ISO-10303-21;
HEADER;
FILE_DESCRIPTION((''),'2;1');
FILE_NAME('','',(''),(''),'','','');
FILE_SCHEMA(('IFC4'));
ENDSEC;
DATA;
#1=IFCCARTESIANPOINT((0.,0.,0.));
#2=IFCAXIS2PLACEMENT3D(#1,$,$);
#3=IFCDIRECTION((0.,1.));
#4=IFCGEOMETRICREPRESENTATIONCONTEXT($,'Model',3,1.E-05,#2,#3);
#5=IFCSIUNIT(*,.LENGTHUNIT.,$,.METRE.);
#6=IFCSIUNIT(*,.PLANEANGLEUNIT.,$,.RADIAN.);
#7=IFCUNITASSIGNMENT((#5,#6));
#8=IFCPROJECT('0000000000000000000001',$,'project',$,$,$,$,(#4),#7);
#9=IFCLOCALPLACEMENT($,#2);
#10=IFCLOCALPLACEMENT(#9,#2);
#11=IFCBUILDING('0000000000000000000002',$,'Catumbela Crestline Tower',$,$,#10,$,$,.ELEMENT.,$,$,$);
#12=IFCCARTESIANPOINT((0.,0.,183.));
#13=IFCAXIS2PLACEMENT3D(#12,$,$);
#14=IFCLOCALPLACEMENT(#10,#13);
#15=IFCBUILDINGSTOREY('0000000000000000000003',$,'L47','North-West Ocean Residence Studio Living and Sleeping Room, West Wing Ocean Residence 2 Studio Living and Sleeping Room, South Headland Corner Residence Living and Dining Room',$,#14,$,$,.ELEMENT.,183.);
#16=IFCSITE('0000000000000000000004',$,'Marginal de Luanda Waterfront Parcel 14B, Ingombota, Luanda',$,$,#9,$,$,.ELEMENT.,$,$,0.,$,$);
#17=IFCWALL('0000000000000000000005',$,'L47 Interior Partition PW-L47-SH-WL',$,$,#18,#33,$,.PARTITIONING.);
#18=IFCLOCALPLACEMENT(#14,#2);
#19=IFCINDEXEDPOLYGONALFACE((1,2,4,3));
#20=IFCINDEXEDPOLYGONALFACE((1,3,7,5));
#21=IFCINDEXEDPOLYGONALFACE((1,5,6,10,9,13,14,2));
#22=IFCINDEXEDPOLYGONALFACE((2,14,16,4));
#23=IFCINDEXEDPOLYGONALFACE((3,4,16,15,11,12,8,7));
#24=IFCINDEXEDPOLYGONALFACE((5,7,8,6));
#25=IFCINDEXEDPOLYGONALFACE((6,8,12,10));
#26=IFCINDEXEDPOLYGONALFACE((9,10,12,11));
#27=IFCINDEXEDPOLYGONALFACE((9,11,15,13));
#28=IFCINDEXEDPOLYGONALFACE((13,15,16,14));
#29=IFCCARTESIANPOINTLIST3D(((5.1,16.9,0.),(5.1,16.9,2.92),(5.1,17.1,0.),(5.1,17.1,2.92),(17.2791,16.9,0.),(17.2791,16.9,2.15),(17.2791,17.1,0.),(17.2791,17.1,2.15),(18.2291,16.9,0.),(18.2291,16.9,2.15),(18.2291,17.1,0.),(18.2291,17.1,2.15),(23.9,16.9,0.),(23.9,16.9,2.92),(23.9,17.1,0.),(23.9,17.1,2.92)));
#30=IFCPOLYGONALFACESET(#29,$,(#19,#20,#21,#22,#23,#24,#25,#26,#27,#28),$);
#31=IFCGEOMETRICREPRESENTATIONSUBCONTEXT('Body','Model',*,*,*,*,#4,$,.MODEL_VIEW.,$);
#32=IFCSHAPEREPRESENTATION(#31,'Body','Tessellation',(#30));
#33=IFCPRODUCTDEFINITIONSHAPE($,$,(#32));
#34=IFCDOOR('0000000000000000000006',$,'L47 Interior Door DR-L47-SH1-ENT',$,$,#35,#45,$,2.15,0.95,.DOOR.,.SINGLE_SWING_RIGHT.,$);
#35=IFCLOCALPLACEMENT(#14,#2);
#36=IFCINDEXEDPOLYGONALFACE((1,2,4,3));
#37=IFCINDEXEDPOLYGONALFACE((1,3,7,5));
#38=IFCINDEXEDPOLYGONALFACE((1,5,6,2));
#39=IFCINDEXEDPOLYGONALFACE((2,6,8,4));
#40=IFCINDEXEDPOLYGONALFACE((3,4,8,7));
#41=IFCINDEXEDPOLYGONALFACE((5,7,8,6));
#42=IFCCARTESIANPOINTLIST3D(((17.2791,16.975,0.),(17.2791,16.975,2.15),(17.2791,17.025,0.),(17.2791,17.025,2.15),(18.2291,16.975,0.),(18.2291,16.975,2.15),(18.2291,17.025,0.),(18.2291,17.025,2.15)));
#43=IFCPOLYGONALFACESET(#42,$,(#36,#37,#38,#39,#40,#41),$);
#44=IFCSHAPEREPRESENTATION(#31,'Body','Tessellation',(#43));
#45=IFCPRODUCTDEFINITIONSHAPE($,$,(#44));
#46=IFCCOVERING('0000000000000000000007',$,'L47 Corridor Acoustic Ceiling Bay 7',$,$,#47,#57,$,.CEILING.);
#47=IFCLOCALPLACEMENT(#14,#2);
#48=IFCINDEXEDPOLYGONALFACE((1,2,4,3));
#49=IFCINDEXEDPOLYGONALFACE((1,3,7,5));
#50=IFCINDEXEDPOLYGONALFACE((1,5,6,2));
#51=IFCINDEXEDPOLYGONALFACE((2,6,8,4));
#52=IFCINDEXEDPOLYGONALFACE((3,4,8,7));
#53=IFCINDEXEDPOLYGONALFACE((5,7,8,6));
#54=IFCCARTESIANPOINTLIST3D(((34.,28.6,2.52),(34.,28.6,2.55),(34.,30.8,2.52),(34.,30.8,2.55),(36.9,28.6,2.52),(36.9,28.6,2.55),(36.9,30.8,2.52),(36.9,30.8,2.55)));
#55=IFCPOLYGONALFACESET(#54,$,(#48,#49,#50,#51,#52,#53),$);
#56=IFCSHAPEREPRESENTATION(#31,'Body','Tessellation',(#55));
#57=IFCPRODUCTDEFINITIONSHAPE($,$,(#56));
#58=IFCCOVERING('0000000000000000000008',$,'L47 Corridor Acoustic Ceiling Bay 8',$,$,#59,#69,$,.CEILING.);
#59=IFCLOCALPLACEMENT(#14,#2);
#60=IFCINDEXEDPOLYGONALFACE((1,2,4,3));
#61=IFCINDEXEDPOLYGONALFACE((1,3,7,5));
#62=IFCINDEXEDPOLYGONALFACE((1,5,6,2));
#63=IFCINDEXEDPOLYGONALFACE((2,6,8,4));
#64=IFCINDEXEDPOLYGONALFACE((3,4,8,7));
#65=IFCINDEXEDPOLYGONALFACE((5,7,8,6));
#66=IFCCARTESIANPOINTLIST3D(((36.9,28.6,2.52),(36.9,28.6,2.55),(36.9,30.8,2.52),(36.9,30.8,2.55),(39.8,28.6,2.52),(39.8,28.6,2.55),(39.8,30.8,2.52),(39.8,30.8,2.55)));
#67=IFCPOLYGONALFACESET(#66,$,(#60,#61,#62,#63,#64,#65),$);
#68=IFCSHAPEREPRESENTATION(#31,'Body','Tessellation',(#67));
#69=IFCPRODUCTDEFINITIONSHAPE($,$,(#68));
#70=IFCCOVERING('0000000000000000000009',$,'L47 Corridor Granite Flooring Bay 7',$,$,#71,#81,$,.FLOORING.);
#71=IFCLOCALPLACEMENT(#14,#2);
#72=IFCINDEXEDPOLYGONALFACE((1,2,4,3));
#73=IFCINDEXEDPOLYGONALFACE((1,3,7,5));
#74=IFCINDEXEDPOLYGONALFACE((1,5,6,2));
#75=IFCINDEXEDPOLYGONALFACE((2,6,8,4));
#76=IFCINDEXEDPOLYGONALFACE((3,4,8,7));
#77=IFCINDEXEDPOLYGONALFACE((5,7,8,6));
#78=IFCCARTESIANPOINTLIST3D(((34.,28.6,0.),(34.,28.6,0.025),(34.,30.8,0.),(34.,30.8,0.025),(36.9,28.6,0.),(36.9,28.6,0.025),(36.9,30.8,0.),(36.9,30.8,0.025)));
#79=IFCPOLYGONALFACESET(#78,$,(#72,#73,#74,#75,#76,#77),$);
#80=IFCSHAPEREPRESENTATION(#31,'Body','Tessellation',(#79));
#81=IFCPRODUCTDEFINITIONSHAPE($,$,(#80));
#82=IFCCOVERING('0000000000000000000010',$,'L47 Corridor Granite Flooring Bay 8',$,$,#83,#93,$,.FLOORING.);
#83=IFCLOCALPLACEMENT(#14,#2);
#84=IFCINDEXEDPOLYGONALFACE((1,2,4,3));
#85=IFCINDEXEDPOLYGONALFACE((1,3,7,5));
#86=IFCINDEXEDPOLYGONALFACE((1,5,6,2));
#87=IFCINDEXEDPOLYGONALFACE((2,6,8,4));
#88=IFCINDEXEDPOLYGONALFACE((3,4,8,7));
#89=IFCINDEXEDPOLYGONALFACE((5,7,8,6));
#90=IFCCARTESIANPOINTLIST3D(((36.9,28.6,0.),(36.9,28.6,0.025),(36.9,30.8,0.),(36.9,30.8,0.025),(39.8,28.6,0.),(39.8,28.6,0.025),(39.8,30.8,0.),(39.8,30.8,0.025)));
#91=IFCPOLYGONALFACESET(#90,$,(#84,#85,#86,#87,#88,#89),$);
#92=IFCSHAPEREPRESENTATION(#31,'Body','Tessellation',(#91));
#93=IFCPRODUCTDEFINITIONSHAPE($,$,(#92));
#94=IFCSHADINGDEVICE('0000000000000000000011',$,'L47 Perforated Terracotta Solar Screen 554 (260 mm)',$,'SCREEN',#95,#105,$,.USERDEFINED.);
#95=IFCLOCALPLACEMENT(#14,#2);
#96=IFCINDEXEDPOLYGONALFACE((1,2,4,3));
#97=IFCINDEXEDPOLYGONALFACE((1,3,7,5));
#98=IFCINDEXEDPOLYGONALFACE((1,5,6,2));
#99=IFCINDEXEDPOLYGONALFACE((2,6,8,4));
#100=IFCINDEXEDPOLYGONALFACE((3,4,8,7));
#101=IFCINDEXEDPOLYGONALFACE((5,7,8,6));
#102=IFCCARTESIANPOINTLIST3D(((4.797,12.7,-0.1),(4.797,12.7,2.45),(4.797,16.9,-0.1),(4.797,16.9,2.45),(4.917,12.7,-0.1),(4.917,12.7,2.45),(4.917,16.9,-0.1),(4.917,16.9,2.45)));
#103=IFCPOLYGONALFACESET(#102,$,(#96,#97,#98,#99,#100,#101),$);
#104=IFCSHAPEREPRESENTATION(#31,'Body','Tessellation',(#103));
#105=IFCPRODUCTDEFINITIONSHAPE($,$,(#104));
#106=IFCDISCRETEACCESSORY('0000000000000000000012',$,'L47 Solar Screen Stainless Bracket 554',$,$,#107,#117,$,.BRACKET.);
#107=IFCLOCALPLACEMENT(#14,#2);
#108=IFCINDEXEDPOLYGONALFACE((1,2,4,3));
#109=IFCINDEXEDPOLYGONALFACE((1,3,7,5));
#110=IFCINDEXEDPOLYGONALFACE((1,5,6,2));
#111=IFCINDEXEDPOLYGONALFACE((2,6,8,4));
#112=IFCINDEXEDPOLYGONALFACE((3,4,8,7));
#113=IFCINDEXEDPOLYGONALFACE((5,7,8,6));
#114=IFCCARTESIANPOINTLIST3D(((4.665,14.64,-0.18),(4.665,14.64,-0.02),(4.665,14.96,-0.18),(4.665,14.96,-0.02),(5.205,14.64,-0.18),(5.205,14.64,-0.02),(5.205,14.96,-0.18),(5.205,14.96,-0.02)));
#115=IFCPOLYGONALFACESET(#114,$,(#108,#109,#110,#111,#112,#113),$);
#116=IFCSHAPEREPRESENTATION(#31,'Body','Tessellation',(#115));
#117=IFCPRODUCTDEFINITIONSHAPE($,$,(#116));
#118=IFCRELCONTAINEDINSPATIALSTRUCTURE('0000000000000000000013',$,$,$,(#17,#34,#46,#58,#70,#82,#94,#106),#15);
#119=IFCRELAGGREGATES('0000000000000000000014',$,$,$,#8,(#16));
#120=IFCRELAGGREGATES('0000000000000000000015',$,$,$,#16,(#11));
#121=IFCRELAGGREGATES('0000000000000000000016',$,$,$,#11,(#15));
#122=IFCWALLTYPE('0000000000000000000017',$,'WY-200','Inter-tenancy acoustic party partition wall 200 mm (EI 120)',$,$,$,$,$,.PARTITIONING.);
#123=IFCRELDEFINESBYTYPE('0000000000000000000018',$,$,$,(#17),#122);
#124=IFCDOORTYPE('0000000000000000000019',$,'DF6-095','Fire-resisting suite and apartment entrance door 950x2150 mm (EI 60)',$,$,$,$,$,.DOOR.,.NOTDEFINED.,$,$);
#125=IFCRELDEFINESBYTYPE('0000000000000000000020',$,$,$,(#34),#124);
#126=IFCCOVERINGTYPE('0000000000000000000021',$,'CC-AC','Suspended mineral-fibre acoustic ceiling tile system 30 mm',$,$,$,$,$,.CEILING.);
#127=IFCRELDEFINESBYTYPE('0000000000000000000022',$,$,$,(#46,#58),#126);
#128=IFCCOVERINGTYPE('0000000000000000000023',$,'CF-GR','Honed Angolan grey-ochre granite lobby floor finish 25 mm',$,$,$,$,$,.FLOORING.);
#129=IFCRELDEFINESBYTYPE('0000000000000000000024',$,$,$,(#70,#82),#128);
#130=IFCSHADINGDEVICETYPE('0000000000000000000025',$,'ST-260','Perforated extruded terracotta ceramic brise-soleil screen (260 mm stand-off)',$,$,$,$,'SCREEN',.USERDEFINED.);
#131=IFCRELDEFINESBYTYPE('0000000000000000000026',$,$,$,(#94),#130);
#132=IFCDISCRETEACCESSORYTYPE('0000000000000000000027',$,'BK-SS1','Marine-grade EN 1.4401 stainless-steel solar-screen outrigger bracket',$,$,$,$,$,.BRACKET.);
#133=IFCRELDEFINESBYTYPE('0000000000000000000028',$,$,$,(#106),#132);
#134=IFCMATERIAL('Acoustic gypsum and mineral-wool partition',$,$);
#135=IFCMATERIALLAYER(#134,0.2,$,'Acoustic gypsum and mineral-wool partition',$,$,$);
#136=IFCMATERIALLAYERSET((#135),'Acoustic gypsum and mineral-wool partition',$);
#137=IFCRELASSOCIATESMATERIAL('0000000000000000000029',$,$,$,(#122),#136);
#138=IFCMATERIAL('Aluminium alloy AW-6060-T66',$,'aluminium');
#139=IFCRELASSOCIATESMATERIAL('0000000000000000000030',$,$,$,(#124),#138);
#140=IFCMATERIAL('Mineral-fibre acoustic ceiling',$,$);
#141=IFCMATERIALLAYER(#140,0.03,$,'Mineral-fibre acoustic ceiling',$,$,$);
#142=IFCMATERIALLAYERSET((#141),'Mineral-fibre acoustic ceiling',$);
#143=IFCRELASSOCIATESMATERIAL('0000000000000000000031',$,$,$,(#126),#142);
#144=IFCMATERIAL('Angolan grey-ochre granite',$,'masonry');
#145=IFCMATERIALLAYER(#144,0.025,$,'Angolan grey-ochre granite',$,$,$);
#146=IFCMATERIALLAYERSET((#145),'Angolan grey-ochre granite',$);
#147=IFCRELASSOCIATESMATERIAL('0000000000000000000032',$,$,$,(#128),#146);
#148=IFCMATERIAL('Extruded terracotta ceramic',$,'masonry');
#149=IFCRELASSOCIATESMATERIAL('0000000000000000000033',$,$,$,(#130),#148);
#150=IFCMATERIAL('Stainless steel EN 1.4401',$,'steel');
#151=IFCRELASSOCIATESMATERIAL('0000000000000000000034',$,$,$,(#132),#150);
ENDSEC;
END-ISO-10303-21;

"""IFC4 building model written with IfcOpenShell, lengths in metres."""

from ifc_helpers import new_model, si_unit, direction, frame, frame_2d, origin, origin_2d, place, context, subcontext, project, spatial, polyline, rectangle, outline, extrude, material, layer, layer_set, type_object, element, fill, save


model = new_model("IFC4")

# Units and contexts
model_context = context("Model", 3, precision=1e-05, world=origin(), true_north=direction((0.0, 1.0)))
body_context = subcontext(model_context, "Body", "Model", "MODEL_VIEW")
ifc_project = project(units=[si_unit("LENGTHUNIT", "METRE"), si_unit("PLANEANGLEUNIT", "RADIAN")], contexts=[model_context])

# Site, building, storey
site_placement = place(None, origin())
site = spatial("IfcSite", under=ifc_project, at=site_placement, Name="Marginal de Luanda Waterfront Parcel 14B, Ingombota, Luanda", CompositionType="ELEMENT", RefElevation=0.0)
building_placement = place(site_placement, origin())
building = spatial("IfcBuilding", under=site, at=building_placement, Name="Catumbela Crestline Tower", CompositionType="ELEMENT")
storey_placement = place(building_placement, frame((0.0, 0.0, 183.0)))
storey = spatial("IfcBuildingStorey", under=building, at=storey_placement, Name="L47", Description="North-West Ocean Residence Studio Living and Sleeping Room, West Wing Ocean Residence 2 Studio Living and Sleeping Room, South Headland Corner Residence Living and Dining Room", CompositionType="ELEMENT", Elevation=183.0)

# Shared definitions
ifc_material_1 = material(Name="Aluminium alloy AW-6060-T66", Category="aluminium")

# Shared definitions
ifc_material_2 = material(Name="Angolan grey-ochre granite", Category="masonry")

# Shared definitions
ifc_material_3 = material(Name="Acoustic gypsum and mineral-wool partition")

# Wall, opening, door
ifc_layer_1 = layer(ifc_material_3, 0.2, Name="Acoustic gypsum and mineral-wool partition")
ifc_layer_set_1 = layer_set([ifc_layer_1], Name="Acoustic gypsum and mineral-wool partition")
wall_type_1 = type_object("IfcWallType", Name="WY-200", Description="Inter-tenancy acoustic party partition wall 200 mm (EI 120)", PredefinedType="PARTITIONING", material=ifc_layer_set_1)
wall_1_placement = place(storey_placement, frame((5.1, 17.0, 0.0), z_axis=(0.0, 0.0, 1.0), x_axis=(1.0, 0.0, 0.0)))
wall_1 = element("IfcWall", 1, at=wall_1_placement, inside=storey, type_object=wall_type_1, Name="L47 Interior Partition PW-L47-SH-WL", PredefinedType="PARTITIONING", context=body_context, shape_type="SweptSolid", body=[
    extrude(rectangle(XDim=18.8, YDim=0.2, at=frame_2d((9.4, 0.0))), origin(), (0.0, 0.0, 1.0), 2.92),
])
opening_1_placement = place(wall_1_placement, frame((12.1791, 0.0, 0.0)))
opening_1 = element("IfcOpeningElement", 2, at=opening_1_placement, cuts=wall_1, PredefinedType="OPENING", context=body_context, shape_type="SweptSolid", body=[
    extrude(rectangle(XDim=0.95, YDim=2.15, at=frame_2d((0.475, 1.075))), frame((0.0, 0.11, 0.0), z_axis=(0.0, -1.0, 0.0), x_axis=(1.0, 0.0, 0.0)), (0.0, 0.0, 1.0), 0.22),
])
door_type_1 = type_object("IfcDoorType", Name="DF6-095", Description="Fire-resisting suite and apartment entrance door 950x2150 mm (EI 60)", OperationType="NOTDEFINED", PredefinedType="DOOR", material=ifc_material_1)
door_1_placement = place(opening_1_placement, origin())
door_1 = element("IfcDoor", 3, at=door_1_placement, inside=storey, type_object=door_type_1, Name="L47 Interior Door DR-L47-SH1-ENT", OperationType="SINGLE_SWING_RIGHT", OverallHeight=2.15, OverallWidth=0.95, PredefinedType="DOOR", context=body_context, shape_type="SweptSolid", body=[
    extrude(rectangle(XDim=0.95, YDim=2.15, at=frame_2d((0.475, 1.075))), frame((0.0, 0.025, 0.0), z_axis=(0.0, -1.0, 0.0), x_axis=(1.0, 0.0, 0.0)), (0.0, 0.0, 1.0), 0.05),
])
fill(opening_1, door_1)

# Coverings
ifc_material_4 = material(Name="Mineral-fibre acoustic ceiling")
ifc_layer_2 = layer(ifc_material_4, 0.03, Name="Mineral-fibre acoustic ceiling")
ifc_layer_set_2 = layer_set([ifc_layer_2], Name="Mineral-fibre acoustic ceiling")
covering_type_1 = type_object("IfcCoveringType", Name="CC-AC", Description="Suspended mineral-fibre acoustic ceiling tile system 30 mm", PredefinedType="CEILING", material=ifc_layer_set_2)
covering_1_placement = place(storey_placement, frame((0.0, 0.0, 2.52)))
element("IfcCovering", 4, at=covering_1_placement, inside=storey, type_object=covering_type_1, Name="L47 Corridor Acoustic Ceiling Bay 7", PredefinedType="CEILING", context=body_context, shape_type="SweptSolid", body=[
    extrude(outline(polyline([(34.0, 28.6), (36.9, 28.6), (36.9, 30.8), (34.0, 30.8), (34.0, 28.6)])), origin(), (0.0, 0.0, 1.0), 0.03),
])
covering_2_placement = place(storey_placement, frame((0.0, 0.0, 2.52)))
element("IfcCovering", 5, at=covering_2_placement, inside=storey, type_object=covering_type_1, Name="L47 Corridor Acoustic Ceiling Bay 8", PredefinedType="CEILING", context=body_context, shape_type="SweptSolid", body=[
    extrude(outline(polyline([(36.9, 28.6), (39.8, 28.6), (39.8, 30.8), (36.9, 30.8), (36.9, 28.6)])), origin(), (0.0, 0.0, 1.0), 0.03),
])
ifc_layer_3 = layer(ifc_material_2, 0.025, Name="Angolan grey-ochre granite")
ifc_layer_set_3 = layer_set([ifc_layer_3], Name="Angolan grey-ochre granite")
covering_type_2 = type_object("IfcCoveringType", Name="CF-GR", Description="Honed Angolan grey-ochre granite lobby floor finish 25 mm", PredefinedType="FLOORING", material=ifc_layer_set_3)
covering_3_placement = place(storey_placement, origin())
element("IfcCovering", 6, at=covering_3_placement, inside=storey, type_object=covering_type_2, Name="L47 Corridor Granite Flooring Bay 7", PredefinedType="FLOORING", context=body_context, shape_type="SweptSolid", body=[
    extrude(outline(polyline([(34.0, 28.6), (36.9, 28.6), (36.9, 30.8), (34.0, 30.8), (34.0, 28.6)])), origin(), (0.0, 0.0, 1.0), 0.025),
])
covering_4_placement = place(storey_placement, origin())
element("IfcCovering", 7, at=covering_4_placement, inside=storey, type_object=covering_type_2, Name="L47 Corridor Granite Flooring Bay 8", PredefinedType="FLOORING", context=body_context, shape_type="SweptSolid", body=[
    extrude(outline(polyline([(36.9, 28.6), (39.8, 28.6), (39.8, 30.8), (36.9, 30.8), (36.9, 28.6)])), origin(), (0.0, 0.0, 1.0), 0.025),
])

# Shading device
ifc_material_5 = material(Name="Extruded terracotta ceramic", Category="masonry")
shading_device_type = type_object("IfcShadingDeviceType", Name="ST-260", Description="Perforated extruded terracotta ceramic brise-soleil screen (260 mm stand-off)", ElementType="SCREEN", PredefinedType="USERDEFINED", material=ifc_material_5)
shading_device_placement = place(storey_placement, frame((4.857, 14.8, -0.1), z_axis=(0.0, 0.0, 1.0), x_axis=(0.0, -1.0, 0.0)))
element("IfcShadingDevice", 8, at=shading_device_placement, inside=storey, type_object=shading_device_type, Name="L47 Perforated Terracotta Solar Screen 554 (260 mm)", ObjectType="SCREEN", PredefinedType="USERDEFINED", context=body_context, shape_type="SweptSolid", body=[
    extrude(rectangle(XDim=4.2, YDim=0.12, at=origin_2d()), origin(), (0.0, 0.0, 1.0), 2.55),
])

# Discrete accessory
ifc_material_6 = material(Name="Stainless steel EN 1.4401", Category="steel")
discrete_accessory_type = type_object("IfcDiscreteAccessoryType", Name="BK-SS1", Description="Marine-grade EN 1.4401 stainless-steel solar-screen outrigger bracket", PredefinedType="BRACKET", material=ifc_material_6)
discrete_accessory_placement = place(storey_placement, frame((4.935, 14.8, -0.18), z_axis=(0.0, 0.0, 1.0), x_axis=(0.0, -1.0, 0.0)))
element("IfcDiscreteAccessory", 9, at=discrete_accessory_placement, inside=storey, type_object=discrete_accessory_type, Name="L47 Solar Screen Stainless Bracket 554", PredefinedType="BRACKET", context=body_context, shape_type="SweptSolid", body=[
    extrude(rectangle(XDim=0.32, YDim=0.54, at=origin_2d()), origin(), (0.0, 0.0, 1.0), 0.16),
])

save(model, "model.ifc")
